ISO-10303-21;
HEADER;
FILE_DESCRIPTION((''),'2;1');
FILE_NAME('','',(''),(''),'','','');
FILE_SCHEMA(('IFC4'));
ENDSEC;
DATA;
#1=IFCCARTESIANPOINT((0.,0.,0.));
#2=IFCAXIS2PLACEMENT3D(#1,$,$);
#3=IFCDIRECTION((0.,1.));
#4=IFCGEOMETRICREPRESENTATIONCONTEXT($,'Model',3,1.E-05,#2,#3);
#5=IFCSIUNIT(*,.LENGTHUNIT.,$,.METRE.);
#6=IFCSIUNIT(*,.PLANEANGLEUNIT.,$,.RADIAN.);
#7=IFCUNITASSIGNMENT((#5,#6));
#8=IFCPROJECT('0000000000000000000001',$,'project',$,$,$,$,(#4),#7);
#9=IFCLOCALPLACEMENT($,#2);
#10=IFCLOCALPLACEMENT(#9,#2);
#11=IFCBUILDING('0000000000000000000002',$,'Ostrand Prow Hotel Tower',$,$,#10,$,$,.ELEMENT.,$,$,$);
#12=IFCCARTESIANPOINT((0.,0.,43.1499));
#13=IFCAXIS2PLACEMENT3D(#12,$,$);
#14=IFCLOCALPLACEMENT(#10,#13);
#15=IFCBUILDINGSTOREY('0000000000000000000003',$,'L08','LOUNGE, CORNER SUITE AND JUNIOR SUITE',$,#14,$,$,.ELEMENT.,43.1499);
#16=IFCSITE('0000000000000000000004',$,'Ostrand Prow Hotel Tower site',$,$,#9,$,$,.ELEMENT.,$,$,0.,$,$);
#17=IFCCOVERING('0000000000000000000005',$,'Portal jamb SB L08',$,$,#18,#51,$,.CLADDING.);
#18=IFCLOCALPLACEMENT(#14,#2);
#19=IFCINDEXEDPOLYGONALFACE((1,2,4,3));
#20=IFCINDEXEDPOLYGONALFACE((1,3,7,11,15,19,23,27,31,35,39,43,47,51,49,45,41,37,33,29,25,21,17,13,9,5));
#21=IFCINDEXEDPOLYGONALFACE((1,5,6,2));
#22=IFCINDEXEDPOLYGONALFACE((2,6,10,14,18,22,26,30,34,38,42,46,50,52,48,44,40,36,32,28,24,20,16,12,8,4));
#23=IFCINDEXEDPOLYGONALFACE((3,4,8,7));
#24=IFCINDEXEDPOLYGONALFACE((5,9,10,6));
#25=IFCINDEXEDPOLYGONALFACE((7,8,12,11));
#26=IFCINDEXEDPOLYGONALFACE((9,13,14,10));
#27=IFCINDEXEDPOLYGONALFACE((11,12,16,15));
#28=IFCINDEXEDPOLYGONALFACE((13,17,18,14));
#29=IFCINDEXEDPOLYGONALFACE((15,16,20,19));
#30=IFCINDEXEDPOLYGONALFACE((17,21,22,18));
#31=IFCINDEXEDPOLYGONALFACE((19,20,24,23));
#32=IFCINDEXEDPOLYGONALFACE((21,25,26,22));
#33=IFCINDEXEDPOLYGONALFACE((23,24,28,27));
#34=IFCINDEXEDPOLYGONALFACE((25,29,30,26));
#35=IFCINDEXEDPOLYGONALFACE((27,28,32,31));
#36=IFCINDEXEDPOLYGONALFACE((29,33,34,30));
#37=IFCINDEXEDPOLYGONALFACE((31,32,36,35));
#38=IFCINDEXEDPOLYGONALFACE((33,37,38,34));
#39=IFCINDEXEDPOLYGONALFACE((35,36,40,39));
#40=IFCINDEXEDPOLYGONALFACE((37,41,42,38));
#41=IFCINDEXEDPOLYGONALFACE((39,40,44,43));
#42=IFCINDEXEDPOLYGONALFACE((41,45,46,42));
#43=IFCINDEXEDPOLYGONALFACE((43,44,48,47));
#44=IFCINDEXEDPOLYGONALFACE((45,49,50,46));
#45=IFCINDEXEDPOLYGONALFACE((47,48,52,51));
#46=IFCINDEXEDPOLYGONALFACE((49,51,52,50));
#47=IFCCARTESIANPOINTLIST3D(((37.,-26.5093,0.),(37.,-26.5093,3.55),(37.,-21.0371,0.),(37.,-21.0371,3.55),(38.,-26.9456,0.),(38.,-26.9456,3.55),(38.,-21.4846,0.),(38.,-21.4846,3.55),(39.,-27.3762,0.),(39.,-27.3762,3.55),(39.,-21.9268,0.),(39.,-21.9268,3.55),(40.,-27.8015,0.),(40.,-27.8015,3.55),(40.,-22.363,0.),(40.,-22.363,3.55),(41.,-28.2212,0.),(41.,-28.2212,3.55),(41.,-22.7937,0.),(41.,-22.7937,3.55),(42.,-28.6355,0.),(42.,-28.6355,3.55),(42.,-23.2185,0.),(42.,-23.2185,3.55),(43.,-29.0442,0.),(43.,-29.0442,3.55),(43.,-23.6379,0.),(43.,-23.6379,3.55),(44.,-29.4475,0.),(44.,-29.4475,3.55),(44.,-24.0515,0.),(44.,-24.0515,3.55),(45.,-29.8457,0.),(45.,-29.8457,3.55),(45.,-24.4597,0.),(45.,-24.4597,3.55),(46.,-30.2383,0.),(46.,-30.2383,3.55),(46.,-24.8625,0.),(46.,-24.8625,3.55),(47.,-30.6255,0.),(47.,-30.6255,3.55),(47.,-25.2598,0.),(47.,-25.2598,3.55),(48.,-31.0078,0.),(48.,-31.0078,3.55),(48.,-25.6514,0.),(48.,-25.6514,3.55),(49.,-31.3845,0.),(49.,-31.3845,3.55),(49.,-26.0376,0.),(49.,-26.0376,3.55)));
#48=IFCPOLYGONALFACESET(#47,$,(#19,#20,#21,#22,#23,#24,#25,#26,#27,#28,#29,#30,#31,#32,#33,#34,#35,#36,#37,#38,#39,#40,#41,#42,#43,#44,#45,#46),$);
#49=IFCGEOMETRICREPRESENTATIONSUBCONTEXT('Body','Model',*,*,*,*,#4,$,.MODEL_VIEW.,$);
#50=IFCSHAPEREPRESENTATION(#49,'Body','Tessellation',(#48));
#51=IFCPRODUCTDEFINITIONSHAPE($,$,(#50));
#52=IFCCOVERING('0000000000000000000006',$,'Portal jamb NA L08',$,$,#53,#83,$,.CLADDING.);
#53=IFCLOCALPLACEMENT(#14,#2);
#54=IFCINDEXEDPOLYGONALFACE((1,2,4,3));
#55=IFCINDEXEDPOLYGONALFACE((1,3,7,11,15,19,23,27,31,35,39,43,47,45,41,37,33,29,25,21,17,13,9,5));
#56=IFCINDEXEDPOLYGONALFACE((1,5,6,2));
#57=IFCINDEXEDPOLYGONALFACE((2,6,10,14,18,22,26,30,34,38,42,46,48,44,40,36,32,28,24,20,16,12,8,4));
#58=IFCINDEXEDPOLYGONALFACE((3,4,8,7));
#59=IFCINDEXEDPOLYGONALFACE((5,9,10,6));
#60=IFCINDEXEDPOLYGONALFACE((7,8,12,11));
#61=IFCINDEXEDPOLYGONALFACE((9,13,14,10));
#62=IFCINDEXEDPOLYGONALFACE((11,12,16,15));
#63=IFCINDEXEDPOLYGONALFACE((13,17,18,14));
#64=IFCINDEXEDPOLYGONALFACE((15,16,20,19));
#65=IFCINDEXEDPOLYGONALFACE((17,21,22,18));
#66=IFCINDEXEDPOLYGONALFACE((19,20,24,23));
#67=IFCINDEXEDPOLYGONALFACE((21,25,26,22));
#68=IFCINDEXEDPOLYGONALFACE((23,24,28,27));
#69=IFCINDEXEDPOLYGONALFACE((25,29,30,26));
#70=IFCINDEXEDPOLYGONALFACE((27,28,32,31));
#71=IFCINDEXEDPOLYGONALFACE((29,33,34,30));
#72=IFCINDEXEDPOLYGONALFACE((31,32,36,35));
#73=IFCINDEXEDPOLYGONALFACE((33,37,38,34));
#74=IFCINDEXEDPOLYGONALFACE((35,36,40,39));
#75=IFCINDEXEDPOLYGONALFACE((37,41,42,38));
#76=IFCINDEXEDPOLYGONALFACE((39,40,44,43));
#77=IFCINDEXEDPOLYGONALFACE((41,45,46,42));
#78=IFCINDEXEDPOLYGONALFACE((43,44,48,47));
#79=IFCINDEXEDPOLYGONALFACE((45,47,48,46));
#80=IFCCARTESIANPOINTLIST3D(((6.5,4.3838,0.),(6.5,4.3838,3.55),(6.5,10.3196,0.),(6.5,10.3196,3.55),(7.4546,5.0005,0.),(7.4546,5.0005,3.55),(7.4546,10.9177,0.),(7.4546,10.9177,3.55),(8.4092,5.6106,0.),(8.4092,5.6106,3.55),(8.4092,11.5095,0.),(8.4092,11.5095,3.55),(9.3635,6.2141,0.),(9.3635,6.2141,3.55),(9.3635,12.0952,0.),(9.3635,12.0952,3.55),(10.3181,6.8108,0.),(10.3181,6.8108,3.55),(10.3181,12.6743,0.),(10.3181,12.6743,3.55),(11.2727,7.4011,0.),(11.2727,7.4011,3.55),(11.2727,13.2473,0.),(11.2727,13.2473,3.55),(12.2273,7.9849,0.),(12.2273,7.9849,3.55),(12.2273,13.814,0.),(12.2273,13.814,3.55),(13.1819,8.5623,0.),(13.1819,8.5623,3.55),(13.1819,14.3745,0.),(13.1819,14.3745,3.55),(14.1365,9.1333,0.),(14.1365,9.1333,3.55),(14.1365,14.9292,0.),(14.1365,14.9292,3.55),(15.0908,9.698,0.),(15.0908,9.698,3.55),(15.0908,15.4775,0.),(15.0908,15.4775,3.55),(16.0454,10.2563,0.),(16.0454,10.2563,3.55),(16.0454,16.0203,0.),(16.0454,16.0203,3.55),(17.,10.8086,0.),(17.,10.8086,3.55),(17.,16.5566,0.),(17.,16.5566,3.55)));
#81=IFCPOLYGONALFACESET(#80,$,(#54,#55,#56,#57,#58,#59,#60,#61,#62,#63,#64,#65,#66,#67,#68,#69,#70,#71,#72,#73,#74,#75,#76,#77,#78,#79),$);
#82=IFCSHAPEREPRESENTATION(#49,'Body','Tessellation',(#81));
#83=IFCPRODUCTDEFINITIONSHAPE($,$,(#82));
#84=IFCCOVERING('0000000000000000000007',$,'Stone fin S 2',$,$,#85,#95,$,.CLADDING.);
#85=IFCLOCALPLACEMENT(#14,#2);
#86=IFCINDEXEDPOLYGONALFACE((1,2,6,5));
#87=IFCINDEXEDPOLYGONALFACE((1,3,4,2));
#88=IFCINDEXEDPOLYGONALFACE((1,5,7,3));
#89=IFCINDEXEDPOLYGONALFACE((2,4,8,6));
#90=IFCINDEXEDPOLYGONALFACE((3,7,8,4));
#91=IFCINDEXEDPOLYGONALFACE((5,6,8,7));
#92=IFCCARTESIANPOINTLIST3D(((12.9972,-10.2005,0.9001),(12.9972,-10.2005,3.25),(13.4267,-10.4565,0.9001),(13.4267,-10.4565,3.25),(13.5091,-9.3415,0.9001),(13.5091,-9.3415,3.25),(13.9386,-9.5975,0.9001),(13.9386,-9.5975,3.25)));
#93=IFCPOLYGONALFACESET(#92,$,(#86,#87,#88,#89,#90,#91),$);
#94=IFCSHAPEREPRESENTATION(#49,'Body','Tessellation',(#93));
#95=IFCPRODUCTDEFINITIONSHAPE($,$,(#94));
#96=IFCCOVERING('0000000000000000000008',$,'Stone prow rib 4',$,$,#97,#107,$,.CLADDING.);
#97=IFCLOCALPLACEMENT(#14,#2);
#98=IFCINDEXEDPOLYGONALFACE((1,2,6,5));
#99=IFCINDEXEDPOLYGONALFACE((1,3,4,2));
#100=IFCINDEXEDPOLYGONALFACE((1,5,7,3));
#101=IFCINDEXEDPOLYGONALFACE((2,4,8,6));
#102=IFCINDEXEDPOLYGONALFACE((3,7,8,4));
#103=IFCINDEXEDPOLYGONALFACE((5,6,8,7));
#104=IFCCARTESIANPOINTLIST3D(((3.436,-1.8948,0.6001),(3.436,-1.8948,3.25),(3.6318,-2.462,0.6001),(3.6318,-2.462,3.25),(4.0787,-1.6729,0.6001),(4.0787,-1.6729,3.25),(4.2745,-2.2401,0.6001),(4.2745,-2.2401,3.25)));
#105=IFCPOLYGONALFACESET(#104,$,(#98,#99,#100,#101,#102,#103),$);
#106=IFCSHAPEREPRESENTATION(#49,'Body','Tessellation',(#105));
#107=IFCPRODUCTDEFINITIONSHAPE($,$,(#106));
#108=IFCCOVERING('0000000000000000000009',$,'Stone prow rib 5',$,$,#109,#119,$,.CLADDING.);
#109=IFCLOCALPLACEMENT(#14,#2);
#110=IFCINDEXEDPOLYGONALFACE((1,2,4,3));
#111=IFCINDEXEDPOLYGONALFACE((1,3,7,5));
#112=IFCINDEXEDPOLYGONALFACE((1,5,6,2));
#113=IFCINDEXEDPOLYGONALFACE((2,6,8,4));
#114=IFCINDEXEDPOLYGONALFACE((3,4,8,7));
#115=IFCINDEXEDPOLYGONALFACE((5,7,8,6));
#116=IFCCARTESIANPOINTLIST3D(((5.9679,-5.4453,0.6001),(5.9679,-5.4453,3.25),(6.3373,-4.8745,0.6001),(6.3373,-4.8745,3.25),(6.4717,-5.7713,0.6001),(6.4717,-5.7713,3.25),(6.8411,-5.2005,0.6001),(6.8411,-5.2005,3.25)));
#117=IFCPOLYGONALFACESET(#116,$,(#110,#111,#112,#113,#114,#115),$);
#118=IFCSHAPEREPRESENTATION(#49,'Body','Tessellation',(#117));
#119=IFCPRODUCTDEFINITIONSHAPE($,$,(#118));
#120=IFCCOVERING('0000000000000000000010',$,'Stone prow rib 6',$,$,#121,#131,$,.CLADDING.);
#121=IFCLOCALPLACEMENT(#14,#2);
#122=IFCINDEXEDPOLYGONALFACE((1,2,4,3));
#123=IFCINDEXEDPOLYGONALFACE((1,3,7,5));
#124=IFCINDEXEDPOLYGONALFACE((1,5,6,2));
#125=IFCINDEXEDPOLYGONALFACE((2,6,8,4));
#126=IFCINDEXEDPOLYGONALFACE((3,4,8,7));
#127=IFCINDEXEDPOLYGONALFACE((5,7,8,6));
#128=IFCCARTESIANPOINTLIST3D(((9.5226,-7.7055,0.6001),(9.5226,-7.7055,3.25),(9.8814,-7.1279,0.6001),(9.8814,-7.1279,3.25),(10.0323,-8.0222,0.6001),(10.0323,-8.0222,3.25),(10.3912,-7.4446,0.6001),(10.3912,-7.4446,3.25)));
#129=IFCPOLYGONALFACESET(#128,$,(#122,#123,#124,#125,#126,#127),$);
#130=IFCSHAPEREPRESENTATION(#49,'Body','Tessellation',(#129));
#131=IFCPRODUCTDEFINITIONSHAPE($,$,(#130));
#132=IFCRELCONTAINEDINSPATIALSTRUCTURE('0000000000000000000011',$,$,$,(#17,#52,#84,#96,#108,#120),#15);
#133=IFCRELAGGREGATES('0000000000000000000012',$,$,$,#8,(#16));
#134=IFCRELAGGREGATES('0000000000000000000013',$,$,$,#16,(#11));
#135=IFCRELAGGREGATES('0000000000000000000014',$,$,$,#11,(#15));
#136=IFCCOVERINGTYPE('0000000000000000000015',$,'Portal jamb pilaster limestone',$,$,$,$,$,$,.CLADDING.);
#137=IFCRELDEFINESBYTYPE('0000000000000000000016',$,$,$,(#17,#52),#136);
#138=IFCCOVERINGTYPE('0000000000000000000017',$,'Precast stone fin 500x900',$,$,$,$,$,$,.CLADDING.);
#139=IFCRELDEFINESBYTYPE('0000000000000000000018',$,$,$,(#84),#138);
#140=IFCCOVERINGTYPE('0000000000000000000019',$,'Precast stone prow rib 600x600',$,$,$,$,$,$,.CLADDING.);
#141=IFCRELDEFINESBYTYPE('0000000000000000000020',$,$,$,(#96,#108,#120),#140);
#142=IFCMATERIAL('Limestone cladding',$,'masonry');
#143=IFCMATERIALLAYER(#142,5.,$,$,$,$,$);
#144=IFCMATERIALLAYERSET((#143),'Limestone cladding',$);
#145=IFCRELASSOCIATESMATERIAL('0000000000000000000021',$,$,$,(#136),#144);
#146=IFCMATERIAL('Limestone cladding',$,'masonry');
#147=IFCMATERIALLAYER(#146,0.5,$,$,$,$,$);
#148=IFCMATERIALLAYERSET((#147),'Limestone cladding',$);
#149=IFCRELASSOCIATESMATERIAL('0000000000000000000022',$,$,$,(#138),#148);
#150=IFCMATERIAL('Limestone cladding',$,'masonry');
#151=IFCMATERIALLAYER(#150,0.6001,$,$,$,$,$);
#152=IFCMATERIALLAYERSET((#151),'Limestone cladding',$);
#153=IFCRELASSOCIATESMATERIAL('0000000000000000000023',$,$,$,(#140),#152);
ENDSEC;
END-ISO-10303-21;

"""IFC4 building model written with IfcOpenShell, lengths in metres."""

from ifc_helpers import new_model, si_unit, direction, frame, frame_2d, origin, place, context, subcontext, project, spatial, polyline, rectangle, outline, extrude, material, layer, layer_set, type_object, element, save


model = new_model("IFC4")

# Units and contexts
model_context = context("Model", 3, precision=1e-05, world=origin(), true_north=direction((0.0, 1.0)))
body_context = subcontext(model_context, "Body", "Model", "MODEL_VIEW")
ifc_project = project(units=[si_unit("LENGTHUNIT", "METRE"), si_unit("PLANEANGLEUNIT", "RADIAN")], contexts=[model_context])

# Site, building, storey
site_placement = place(None, origin())
site = spatial("IfcSite", under=ifc_project, at=site_placement, Name="Ostrand Prow Hotel Tower site", CompositionType="ELEMENT", RefElevation=0.0)
building_placement = place(site_placement, origin())
building = spatial("IfcBuilding", under=site, at=building_placement, Name="Ostrand Prow Hotel Tower", CompositionType="ELEMENT")
storey_placement = place(building_placement, frame((0.0, 0.0, 43.1499)))
storey = spatial("IfcBuildingStorey", under=building, at=storey_placement, Name="L08", Description="LOUNGE, CORNER SUITE AND JUNIOR SUITE", CompositionType="ELEMENT", Elevation=43.1499)

# Coverings
ifc_material_1 = material(Name="Limestone cladding", Category="masonry")
ifc_layer_1 = layer(ifc_material_1, 5.0)
ifc_layer_set_1 = layer_set([ifc_layer_1], Name="Limestone cladding")
covering_type_1 = type_object("IfcCoveringType", Name="Portal jamb pilaster limestone", PredefinedType="CLADDING", material=ifc_layer_set_1)
covering_1_placement = place(storey_placement, origin())
element("IfcCovering", 1, at=covering_1_placement, inside=storey, type_object=covering_type_1, Name="Portal jamb SB L08", PredefinedType="CLADDING", context=body_context, shape_type="SweptSolid", body=[
    extrude(outline(polyline([(37.0, -21.0371), (37.0, -26.5093), (38.0, -26.9456), (39.0, -27.3762), (40.0, -27.8015), (41.0, -28.2212), (42.0, -28.6355), (43.0, -29.0442), (44.0, -29.4475), (45.0, -29.8457), (46.0, -30.2383), (47.0, -30.6255), (48.0, -31.0078), (49.0, -31.3845), (49.0, -26.0376), (48.0, -25.6514), (47.0, -25.2598), (46.0, -24.8625), (45.0, -24.4597), (44.0, -24.0515), (43.0, -23.6379), (42.0, -23.2185), (41.0, -22.7937), (40.0, -22.363), (39.0, -21.9268), (38.0, -21.4846), (37.0, -21.0371)])), origin(), (0.0, 0.0, 1.0), 3.55),
])
covering_2_placement = place(storey_placement, origin())
element("IfcCovering", 2, at=covering_2_placement, inside=storey, type_object=covering_type_1, Name="Portal jamb NA L08", PredefinedType="CLADDING", context=body_context, shape_type="SweptSolid", body=[
    extrude(outline(polyline([(6.5, 4.3838), (7.4546, 5.0005), (8.4092, 5.6106), (9.3635, 6.2141), (10.3181, 6.8108), (11.2727, 7.4011), (12.2273, 7.9849), (13.1819, 8.5623), (14.1365, 9.1333), (15.0908, 9.698), (16.0454, 10.2563), (17.0, 10.8086), (17.0, 16.5566), (16.0454, 16.0203), (15.0908, 15.4775), (14.1365, 14.9292), (13.1819, 14.3745), (12.2273, 13.814), (11.2727, 13.2473), (10.3181, 12.6743), (9.3635, 12.0952), (8.4092, 11.5095), (7.4546, 10.9177), (6.5, 10.3196), (6.5, 4.3838)])), origin(), (0.0, 0.0, 1.0), 3.55),
])
ifc_material_2 = material(Name="Limestone cladding", Category="masonry")
ifc_layer_2 = layer(ifc_material_2, 0.5)
ifc_layer_set_2 = layer_set([ifc_layer_2], Name="Limestone cladding")
covering_type_2 = type_object("IfcCoveringType", Name="Precast stone fin 500x900", PredefinedType="CLADDING", material=ifc_layer_set_2)
covering_3_placement = place(storey_placement, frame((13.7239, -9.4695, 0.9001), z_axis=(0.0, 0.0, 1.0), x_axis=(-0.511909, -0.85904, 0.0)))
element("IfcCovering", 3, at=covering_3_placement, inside=storey, type_object=covering_type_2, Name="Stone fin S 2", PredefinedType="CLADDING", context=body_context, shape_type="SweptSolid", body=[
    extrude(rectangle(XDim=1.0, YDim=0.5, at=frame_2d((0.5, 0.0))), origin(), (0.0, 0.0, 1.0), 2.3499),
])
ifc_material_3 = material(Name="Limestone cladding", Category="masonry")
ifc_layer_3 = layer(ifc_material_3, 0.6001)
ifc_layer_set_3 = layer_set([ifc_layer_3], Name="Limestone cladding")
covering_type_3 = type_object("IfcCoveringType", Name="Precast stone prow rib 600x600", PredefinedType="CLADDING", material=ifc_layer_set_3)
for number, where, z_axis, x_axis, name in (
    (4, (4.1765, -1.9565, 0.6001), (0.0, 0.0, 1.0), (-0.945255, -0.326334, 0.0), "Stone prow rib 4"),
    (5, (6.5891, -5.0376, 0.6001), (0.0, 0.0, 1.0), (-0.543296, -0.839541, 0.0), "Stone prow rib 5"),
    (6, (10.1362, -7.2864, 0.6001), (0.0, 0.0, 1.0), (-0.527738, -0.849407, 0.0), "Stone prow rib 6"),
):
    element("IfcCovering", number, at=place(storey_placement, frame(where, z_axis=z_axis, x_axis=x_axis)), inside=storey, type_object=covering_type_3, Name=name, PredefinedType="CLADDING", context=body_context, shape_type="SweptSolid", body=[
        extrude(rectangle(XDim=0.6799, YDim=0.6001, at=frame_2d((0.3398, 0.0))), origin(), (0.0, 0.0, 1.0), 2.6499),
    ])

save(model, "model.ifc")
